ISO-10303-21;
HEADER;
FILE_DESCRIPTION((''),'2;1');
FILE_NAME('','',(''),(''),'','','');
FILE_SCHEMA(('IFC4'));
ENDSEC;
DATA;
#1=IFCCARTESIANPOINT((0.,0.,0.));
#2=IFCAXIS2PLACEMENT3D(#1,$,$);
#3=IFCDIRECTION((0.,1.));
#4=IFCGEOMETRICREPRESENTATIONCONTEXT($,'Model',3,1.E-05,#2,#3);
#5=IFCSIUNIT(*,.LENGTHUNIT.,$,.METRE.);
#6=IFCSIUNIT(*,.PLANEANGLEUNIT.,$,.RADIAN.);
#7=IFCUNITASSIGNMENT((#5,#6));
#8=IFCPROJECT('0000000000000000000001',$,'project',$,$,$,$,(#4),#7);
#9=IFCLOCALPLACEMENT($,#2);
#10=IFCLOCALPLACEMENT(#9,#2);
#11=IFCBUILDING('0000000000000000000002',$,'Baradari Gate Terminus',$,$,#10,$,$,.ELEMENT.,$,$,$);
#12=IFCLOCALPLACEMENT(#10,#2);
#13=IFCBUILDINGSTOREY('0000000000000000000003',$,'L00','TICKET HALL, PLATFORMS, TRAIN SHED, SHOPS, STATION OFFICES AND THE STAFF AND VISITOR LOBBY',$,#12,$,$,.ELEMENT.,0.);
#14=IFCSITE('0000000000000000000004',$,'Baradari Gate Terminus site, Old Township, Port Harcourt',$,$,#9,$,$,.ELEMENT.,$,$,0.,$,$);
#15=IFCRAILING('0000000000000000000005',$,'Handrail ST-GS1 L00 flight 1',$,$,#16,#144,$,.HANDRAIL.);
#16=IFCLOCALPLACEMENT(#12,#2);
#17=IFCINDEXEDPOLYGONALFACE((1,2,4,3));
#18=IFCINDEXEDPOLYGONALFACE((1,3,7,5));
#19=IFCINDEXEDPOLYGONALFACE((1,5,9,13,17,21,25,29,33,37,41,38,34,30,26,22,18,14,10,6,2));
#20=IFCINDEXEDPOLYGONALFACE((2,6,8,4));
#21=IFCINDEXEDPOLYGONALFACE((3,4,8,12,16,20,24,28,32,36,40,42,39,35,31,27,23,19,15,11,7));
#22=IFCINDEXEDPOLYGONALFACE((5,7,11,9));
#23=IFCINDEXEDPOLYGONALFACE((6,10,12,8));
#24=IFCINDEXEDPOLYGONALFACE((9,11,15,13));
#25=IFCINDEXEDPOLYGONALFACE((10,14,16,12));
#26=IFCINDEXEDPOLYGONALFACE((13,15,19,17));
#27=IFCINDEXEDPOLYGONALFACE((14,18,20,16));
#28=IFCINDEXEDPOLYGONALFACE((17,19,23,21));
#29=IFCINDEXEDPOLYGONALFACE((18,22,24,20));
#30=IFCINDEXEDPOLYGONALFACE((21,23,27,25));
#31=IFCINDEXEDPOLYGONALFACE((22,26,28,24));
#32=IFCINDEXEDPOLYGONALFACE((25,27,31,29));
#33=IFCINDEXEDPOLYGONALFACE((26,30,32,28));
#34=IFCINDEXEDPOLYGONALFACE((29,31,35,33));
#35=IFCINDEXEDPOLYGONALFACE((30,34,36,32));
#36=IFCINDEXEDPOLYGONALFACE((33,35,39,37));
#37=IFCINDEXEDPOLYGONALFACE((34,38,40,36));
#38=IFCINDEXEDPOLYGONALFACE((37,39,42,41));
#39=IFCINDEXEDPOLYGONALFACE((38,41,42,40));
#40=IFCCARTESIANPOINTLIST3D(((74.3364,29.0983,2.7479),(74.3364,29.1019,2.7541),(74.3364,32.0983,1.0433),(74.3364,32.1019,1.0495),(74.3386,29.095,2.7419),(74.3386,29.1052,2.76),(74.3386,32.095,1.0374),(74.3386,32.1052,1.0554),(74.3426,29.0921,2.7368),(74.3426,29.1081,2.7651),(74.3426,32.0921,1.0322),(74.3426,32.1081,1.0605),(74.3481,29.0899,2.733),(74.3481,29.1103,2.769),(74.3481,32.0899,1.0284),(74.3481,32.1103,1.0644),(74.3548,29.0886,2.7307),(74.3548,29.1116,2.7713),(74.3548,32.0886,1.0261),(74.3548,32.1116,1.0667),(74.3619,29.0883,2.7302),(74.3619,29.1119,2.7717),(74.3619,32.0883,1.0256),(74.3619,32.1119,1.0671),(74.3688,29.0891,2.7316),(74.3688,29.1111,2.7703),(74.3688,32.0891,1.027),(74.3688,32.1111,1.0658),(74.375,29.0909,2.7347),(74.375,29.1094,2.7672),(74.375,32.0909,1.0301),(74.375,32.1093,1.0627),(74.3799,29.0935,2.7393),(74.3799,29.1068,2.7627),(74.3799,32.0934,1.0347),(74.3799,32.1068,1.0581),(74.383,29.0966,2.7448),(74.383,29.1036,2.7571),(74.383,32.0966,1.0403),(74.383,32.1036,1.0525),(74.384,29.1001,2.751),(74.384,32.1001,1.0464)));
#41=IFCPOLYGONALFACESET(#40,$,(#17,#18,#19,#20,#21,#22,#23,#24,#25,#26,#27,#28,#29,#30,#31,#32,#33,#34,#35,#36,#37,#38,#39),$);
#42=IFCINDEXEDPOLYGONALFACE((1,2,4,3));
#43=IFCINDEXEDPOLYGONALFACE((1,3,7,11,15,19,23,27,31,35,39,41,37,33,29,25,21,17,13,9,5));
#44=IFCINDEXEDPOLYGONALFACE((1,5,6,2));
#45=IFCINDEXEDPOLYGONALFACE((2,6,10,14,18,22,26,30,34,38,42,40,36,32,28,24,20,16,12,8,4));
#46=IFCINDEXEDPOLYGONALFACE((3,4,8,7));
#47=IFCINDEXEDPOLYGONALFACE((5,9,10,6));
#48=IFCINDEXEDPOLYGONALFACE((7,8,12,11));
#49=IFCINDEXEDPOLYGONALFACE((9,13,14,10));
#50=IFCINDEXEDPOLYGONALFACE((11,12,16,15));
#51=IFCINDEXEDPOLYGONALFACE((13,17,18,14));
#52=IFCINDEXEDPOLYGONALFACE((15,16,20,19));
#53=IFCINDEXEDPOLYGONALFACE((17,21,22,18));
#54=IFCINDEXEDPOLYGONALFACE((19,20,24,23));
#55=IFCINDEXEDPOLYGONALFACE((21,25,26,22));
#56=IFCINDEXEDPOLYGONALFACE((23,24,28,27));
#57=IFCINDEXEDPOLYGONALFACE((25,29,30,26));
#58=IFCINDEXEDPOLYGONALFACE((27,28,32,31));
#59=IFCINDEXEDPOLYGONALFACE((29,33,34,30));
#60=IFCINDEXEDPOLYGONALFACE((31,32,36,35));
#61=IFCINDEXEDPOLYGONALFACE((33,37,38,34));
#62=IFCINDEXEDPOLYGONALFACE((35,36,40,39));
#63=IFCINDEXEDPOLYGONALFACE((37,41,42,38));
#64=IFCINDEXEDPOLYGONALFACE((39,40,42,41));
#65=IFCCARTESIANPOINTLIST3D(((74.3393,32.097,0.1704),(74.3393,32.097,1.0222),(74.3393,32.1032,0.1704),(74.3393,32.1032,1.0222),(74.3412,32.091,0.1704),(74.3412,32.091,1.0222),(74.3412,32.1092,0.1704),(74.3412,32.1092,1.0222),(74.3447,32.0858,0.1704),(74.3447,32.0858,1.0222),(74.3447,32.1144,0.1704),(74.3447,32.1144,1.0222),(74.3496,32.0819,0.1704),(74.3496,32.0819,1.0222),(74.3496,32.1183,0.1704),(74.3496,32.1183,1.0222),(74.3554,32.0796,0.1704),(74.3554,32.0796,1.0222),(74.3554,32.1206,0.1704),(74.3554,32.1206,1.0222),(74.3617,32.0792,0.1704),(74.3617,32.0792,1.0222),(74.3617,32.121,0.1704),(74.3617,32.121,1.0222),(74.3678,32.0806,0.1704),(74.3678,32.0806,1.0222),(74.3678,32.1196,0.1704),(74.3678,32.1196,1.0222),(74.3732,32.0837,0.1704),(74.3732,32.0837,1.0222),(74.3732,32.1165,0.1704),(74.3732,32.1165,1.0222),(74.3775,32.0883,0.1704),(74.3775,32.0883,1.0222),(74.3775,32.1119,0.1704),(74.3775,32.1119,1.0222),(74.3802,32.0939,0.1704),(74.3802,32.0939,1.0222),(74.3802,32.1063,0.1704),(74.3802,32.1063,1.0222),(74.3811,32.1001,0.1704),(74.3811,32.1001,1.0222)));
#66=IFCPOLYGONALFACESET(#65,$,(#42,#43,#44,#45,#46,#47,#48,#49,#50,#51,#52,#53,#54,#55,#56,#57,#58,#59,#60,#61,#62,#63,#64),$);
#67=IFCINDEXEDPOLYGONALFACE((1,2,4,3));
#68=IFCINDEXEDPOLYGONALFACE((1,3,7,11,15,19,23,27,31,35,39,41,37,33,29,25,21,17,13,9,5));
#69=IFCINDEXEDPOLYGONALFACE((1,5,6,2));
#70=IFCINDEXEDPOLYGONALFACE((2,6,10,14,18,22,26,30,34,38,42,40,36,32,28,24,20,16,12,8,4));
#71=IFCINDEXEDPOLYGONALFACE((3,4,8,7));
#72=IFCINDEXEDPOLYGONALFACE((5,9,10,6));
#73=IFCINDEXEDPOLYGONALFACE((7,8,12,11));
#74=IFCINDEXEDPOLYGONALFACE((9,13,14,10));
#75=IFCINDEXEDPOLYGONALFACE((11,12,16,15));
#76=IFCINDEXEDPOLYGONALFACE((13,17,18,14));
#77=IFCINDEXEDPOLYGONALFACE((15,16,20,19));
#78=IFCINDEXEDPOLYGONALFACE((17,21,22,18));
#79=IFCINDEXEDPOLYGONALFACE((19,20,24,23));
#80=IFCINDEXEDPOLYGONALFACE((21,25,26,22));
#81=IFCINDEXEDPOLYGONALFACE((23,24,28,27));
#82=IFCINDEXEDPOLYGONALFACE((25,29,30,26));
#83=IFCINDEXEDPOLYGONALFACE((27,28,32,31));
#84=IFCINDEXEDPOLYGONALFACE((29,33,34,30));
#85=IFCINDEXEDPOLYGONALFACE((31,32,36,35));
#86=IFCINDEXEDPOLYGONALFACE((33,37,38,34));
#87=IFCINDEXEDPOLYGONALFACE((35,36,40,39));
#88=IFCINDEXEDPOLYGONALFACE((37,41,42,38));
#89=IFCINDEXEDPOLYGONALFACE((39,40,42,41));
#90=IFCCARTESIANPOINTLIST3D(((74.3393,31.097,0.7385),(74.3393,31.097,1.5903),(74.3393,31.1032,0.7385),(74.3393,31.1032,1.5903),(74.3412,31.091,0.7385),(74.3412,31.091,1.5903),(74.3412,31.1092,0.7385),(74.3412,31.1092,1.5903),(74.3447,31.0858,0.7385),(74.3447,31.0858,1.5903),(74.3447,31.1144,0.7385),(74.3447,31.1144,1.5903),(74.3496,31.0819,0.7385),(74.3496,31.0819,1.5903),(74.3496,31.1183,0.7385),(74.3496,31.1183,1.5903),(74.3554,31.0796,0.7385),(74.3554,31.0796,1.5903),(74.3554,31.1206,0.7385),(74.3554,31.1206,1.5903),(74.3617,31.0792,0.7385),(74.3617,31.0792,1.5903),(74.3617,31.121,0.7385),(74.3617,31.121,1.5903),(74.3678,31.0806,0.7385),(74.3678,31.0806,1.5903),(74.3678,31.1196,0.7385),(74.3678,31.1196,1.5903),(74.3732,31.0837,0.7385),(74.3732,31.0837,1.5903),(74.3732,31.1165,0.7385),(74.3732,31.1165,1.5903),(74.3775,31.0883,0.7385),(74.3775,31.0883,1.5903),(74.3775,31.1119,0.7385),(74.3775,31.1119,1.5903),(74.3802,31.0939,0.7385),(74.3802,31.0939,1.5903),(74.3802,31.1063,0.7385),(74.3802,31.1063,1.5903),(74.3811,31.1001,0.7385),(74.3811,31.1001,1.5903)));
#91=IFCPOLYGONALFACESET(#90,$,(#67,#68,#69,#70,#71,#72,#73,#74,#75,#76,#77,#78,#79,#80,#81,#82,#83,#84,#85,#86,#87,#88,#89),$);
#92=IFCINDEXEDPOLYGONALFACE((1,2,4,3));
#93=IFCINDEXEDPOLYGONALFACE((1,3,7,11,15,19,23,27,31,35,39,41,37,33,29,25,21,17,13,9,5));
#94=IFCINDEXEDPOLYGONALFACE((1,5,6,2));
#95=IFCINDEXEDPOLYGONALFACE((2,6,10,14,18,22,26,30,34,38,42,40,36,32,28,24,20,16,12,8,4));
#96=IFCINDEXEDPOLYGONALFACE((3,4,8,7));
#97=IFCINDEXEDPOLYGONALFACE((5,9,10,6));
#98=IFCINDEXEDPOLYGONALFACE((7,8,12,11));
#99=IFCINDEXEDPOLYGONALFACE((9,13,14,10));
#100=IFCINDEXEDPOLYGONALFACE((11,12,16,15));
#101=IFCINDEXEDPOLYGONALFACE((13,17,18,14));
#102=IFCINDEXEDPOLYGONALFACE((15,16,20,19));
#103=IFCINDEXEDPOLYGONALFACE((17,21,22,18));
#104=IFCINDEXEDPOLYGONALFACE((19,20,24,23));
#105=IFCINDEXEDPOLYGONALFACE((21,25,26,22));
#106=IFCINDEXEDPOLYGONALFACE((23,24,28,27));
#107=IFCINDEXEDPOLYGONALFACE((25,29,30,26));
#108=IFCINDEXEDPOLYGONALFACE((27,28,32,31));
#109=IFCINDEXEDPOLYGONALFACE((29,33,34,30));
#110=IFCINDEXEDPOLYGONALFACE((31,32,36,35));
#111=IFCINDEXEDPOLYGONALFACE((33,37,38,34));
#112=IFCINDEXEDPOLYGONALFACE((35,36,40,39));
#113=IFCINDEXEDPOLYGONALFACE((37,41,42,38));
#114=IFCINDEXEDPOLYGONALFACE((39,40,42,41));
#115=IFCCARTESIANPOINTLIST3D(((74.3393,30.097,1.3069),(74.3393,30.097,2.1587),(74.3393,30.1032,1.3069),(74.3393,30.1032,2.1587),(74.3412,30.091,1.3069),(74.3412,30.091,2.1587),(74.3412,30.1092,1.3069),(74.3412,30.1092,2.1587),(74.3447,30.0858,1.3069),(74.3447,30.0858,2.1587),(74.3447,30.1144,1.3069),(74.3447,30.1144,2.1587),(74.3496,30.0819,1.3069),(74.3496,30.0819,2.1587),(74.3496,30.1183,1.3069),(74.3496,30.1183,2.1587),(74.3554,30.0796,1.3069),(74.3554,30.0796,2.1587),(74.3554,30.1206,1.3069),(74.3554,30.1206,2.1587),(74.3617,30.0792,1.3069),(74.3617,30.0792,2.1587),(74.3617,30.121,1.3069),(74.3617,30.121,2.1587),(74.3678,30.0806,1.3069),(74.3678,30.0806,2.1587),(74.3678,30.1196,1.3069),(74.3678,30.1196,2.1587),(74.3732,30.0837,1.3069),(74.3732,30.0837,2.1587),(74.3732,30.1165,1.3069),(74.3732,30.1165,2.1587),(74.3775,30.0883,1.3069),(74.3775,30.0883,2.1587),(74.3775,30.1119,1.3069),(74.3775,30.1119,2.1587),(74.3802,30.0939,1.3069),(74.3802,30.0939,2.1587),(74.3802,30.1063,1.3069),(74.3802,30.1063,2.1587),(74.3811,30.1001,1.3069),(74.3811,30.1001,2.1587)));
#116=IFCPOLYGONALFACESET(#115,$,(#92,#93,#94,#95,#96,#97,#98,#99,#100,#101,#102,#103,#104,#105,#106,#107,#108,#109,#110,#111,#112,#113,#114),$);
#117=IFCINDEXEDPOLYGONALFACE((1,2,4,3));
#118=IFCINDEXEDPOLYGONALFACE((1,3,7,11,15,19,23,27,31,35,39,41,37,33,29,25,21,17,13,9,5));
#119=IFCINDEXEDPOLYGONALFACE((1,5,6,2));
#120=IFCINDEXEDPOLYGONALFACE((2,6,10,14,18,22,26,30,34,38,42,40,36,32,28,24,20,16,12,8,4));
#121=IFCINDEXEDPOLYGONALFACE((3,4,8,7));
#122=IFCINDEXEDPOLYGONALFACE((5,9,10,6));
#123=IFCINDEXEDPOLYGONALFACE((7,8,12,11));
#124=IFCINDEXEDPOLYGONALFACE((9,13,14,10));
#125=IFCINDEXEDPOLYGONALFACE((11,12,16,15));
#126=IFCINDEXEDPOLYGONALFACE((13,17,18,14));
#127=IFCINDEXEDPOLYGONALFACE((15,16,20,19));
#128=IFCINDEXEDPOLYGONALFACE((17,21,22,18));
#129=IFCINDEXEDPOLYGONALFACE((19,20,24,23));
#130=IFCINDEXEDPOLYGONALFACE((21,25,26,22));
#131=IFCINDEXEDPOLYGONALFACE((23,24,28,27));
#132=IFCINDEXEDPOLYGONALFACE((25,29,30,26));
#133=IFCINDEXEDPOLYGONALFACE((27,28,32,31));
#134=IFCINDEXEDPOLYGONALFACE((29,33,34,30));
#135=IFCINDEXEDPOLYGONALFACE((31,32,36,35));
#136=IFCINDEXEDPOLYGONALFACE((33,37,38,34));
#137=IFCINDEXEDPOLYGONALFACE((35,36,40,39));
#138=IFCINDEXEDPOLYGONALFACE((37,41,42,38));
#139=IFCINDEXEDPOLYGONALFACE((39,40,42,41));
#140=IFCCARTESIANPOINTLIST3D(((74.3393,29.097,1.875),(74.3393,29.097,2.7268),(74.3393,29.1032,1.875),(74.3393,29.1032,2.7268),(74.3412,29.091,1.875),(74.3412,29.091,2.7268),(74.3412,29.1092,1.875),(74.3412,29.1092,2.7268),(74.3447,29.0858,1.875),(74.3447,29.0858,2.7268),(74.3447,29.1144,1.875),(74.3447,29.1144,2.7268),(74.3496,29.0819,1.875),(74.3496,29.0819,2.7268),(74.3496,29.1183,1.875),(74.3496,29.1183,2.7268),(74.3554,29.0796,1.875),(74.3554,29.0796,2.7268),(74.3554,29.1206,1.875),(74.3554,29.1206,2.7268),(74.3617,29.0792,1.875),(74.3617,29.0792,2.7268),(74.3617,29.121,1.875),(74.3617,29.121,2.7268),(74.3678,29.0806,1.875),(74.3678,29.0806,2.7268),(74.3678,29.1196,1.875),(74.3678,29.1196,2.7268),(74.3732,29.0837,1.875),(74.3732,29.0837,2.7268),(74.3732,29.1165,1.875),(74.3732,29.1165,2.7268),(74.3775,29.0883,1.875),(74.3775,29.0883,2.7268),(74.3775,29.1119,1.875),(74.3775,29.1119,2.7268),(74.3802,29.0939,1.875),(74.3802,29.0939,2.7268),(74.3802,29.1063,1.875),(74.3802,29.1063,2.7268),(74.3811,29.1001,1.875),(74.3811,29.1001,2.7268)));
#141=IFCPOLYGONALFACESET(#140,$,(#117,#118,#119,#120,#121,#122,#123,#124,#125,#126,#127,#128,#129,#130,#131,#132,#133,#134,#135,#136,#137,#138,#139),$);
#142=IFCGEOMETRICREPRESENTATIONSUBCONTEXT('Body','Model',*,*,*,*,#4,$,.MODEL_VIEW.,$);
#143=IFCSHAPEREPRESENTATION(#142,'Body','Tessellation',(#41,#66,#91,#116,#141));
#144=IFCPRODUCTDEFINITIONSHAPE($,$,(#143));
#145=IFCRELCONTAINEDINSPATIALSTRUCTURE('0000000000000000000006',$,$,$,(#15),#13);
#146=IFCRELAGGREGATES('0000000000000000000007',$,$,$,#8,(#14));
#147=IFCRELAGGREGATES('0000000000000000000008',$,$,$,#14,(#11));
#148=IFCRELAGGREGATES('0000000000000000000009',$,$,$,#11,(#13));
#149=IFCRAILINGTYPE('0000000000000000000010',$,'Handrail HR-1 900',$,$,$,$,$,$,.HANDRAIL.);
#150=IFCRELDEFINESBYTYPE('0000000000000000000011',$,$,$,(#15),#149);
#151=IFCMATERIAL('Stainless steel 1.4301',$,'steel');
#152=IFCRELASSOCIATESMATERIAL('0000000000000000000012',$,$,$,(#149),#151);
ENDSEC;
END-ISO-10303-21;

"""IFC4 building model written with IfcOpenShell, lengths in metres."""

from ifc_helpers import new_model, si_unit, direction, frame, origin, origin_2d, place, context, subcontext, project, spatial, circle, extrude, material, type_object, element, save


model = new_model("IFC4")

# Units and contexts
model_context = context("Model", 3, precision=1e-05, world=origin(), true_north=direction((0.0, 1.0)))
body_context = subcontext(model_context, "Body", "Model", "MODEL_VIEW")
ifc_project = project(units=[si_unit("LENGTHUNIT", "METRE"), si_unit("PLANEANGLEUNIT", "RADIAN")], contexts=[model_context])

# Site, building, storey
site_placement = place(None, origin())
site = spatial("IfcSite", under=ifc_project, at=site_placement, Name="Baradari Gate Terminus site, Old Township, Port Harcourt", CompositionType="ELEMENT", RefElevation=0.0)
building_placement = place(site_placement, origin())
building = spatial("IfcBuilding", under=site, at=building_placement, Name="Baradari Gate Terminus", CompositionType="ELEMENT")
storey_placement = place(building_placement, origin())
storey = spatial("IfcBuildingStorey", under=building, at=storey_placement, Name="L00", Description="TICKET HALL, PLATFORMS, TRAIN SHED, SHOPS, STATION OFFICES AND THE STAFF AND VISITOR LOBBY", CompositionType="ELEMENT", Elevation=0.0)

# Railing
ifc_material_1 = material(Name="Stainless steel 1.4301", Category="steel")
railing_type_1 = type_object("IfcRailingType", Name="Handrail HR-1 900", PredefinedType="HANDRAIL", material=ifc_material_1)
for number, where, name in (
    (1, (74.3601, 32.1001, 0.1704), "Handrail ST-GS1 L00 flight 1"),
):
    element("IfcRailing", number, at=place(storey_placement, frame(where)), inside=storey, type_object=railing_type_1, Name=name, PredefinedType="HANDRAIL", context=body_context, shape_type="SweptSolid", body=[
        extrude(circle(Radius=0.0239, at=origin_2d()), frame((0.0, 0.0, 0.876), z_axis=(0.0, -0.869451, 0.494019), x_axis=(1.0, 0.0, 0.0)), (0.0, 0.0, 1.0), 3.4504),
        extrude(circle(Radius=0.021, at=origin_2d()), origin(), (0.0, 0.0, 1.0), 0.8518),
        extrude(circle(Radius=0.021, at=origin_2d()), frame((0.0, -1.0, 0.5681)), (0.0, 0.0, 1.0), 0.8518),
        extrude(circle(Radius=0.021, at=origin_2d()), frame((0.0, -2.0, 1.1365)), (0.0, 0.0, 1.0), 0.8518),
        extrude(circle(Radius=0.021, at=origin_2d()), frame((0.0, -3.0, 1.7046)), (0.0, 0.0, 1.0), 0.8518),
    ])

save(model, "model.ifc")
